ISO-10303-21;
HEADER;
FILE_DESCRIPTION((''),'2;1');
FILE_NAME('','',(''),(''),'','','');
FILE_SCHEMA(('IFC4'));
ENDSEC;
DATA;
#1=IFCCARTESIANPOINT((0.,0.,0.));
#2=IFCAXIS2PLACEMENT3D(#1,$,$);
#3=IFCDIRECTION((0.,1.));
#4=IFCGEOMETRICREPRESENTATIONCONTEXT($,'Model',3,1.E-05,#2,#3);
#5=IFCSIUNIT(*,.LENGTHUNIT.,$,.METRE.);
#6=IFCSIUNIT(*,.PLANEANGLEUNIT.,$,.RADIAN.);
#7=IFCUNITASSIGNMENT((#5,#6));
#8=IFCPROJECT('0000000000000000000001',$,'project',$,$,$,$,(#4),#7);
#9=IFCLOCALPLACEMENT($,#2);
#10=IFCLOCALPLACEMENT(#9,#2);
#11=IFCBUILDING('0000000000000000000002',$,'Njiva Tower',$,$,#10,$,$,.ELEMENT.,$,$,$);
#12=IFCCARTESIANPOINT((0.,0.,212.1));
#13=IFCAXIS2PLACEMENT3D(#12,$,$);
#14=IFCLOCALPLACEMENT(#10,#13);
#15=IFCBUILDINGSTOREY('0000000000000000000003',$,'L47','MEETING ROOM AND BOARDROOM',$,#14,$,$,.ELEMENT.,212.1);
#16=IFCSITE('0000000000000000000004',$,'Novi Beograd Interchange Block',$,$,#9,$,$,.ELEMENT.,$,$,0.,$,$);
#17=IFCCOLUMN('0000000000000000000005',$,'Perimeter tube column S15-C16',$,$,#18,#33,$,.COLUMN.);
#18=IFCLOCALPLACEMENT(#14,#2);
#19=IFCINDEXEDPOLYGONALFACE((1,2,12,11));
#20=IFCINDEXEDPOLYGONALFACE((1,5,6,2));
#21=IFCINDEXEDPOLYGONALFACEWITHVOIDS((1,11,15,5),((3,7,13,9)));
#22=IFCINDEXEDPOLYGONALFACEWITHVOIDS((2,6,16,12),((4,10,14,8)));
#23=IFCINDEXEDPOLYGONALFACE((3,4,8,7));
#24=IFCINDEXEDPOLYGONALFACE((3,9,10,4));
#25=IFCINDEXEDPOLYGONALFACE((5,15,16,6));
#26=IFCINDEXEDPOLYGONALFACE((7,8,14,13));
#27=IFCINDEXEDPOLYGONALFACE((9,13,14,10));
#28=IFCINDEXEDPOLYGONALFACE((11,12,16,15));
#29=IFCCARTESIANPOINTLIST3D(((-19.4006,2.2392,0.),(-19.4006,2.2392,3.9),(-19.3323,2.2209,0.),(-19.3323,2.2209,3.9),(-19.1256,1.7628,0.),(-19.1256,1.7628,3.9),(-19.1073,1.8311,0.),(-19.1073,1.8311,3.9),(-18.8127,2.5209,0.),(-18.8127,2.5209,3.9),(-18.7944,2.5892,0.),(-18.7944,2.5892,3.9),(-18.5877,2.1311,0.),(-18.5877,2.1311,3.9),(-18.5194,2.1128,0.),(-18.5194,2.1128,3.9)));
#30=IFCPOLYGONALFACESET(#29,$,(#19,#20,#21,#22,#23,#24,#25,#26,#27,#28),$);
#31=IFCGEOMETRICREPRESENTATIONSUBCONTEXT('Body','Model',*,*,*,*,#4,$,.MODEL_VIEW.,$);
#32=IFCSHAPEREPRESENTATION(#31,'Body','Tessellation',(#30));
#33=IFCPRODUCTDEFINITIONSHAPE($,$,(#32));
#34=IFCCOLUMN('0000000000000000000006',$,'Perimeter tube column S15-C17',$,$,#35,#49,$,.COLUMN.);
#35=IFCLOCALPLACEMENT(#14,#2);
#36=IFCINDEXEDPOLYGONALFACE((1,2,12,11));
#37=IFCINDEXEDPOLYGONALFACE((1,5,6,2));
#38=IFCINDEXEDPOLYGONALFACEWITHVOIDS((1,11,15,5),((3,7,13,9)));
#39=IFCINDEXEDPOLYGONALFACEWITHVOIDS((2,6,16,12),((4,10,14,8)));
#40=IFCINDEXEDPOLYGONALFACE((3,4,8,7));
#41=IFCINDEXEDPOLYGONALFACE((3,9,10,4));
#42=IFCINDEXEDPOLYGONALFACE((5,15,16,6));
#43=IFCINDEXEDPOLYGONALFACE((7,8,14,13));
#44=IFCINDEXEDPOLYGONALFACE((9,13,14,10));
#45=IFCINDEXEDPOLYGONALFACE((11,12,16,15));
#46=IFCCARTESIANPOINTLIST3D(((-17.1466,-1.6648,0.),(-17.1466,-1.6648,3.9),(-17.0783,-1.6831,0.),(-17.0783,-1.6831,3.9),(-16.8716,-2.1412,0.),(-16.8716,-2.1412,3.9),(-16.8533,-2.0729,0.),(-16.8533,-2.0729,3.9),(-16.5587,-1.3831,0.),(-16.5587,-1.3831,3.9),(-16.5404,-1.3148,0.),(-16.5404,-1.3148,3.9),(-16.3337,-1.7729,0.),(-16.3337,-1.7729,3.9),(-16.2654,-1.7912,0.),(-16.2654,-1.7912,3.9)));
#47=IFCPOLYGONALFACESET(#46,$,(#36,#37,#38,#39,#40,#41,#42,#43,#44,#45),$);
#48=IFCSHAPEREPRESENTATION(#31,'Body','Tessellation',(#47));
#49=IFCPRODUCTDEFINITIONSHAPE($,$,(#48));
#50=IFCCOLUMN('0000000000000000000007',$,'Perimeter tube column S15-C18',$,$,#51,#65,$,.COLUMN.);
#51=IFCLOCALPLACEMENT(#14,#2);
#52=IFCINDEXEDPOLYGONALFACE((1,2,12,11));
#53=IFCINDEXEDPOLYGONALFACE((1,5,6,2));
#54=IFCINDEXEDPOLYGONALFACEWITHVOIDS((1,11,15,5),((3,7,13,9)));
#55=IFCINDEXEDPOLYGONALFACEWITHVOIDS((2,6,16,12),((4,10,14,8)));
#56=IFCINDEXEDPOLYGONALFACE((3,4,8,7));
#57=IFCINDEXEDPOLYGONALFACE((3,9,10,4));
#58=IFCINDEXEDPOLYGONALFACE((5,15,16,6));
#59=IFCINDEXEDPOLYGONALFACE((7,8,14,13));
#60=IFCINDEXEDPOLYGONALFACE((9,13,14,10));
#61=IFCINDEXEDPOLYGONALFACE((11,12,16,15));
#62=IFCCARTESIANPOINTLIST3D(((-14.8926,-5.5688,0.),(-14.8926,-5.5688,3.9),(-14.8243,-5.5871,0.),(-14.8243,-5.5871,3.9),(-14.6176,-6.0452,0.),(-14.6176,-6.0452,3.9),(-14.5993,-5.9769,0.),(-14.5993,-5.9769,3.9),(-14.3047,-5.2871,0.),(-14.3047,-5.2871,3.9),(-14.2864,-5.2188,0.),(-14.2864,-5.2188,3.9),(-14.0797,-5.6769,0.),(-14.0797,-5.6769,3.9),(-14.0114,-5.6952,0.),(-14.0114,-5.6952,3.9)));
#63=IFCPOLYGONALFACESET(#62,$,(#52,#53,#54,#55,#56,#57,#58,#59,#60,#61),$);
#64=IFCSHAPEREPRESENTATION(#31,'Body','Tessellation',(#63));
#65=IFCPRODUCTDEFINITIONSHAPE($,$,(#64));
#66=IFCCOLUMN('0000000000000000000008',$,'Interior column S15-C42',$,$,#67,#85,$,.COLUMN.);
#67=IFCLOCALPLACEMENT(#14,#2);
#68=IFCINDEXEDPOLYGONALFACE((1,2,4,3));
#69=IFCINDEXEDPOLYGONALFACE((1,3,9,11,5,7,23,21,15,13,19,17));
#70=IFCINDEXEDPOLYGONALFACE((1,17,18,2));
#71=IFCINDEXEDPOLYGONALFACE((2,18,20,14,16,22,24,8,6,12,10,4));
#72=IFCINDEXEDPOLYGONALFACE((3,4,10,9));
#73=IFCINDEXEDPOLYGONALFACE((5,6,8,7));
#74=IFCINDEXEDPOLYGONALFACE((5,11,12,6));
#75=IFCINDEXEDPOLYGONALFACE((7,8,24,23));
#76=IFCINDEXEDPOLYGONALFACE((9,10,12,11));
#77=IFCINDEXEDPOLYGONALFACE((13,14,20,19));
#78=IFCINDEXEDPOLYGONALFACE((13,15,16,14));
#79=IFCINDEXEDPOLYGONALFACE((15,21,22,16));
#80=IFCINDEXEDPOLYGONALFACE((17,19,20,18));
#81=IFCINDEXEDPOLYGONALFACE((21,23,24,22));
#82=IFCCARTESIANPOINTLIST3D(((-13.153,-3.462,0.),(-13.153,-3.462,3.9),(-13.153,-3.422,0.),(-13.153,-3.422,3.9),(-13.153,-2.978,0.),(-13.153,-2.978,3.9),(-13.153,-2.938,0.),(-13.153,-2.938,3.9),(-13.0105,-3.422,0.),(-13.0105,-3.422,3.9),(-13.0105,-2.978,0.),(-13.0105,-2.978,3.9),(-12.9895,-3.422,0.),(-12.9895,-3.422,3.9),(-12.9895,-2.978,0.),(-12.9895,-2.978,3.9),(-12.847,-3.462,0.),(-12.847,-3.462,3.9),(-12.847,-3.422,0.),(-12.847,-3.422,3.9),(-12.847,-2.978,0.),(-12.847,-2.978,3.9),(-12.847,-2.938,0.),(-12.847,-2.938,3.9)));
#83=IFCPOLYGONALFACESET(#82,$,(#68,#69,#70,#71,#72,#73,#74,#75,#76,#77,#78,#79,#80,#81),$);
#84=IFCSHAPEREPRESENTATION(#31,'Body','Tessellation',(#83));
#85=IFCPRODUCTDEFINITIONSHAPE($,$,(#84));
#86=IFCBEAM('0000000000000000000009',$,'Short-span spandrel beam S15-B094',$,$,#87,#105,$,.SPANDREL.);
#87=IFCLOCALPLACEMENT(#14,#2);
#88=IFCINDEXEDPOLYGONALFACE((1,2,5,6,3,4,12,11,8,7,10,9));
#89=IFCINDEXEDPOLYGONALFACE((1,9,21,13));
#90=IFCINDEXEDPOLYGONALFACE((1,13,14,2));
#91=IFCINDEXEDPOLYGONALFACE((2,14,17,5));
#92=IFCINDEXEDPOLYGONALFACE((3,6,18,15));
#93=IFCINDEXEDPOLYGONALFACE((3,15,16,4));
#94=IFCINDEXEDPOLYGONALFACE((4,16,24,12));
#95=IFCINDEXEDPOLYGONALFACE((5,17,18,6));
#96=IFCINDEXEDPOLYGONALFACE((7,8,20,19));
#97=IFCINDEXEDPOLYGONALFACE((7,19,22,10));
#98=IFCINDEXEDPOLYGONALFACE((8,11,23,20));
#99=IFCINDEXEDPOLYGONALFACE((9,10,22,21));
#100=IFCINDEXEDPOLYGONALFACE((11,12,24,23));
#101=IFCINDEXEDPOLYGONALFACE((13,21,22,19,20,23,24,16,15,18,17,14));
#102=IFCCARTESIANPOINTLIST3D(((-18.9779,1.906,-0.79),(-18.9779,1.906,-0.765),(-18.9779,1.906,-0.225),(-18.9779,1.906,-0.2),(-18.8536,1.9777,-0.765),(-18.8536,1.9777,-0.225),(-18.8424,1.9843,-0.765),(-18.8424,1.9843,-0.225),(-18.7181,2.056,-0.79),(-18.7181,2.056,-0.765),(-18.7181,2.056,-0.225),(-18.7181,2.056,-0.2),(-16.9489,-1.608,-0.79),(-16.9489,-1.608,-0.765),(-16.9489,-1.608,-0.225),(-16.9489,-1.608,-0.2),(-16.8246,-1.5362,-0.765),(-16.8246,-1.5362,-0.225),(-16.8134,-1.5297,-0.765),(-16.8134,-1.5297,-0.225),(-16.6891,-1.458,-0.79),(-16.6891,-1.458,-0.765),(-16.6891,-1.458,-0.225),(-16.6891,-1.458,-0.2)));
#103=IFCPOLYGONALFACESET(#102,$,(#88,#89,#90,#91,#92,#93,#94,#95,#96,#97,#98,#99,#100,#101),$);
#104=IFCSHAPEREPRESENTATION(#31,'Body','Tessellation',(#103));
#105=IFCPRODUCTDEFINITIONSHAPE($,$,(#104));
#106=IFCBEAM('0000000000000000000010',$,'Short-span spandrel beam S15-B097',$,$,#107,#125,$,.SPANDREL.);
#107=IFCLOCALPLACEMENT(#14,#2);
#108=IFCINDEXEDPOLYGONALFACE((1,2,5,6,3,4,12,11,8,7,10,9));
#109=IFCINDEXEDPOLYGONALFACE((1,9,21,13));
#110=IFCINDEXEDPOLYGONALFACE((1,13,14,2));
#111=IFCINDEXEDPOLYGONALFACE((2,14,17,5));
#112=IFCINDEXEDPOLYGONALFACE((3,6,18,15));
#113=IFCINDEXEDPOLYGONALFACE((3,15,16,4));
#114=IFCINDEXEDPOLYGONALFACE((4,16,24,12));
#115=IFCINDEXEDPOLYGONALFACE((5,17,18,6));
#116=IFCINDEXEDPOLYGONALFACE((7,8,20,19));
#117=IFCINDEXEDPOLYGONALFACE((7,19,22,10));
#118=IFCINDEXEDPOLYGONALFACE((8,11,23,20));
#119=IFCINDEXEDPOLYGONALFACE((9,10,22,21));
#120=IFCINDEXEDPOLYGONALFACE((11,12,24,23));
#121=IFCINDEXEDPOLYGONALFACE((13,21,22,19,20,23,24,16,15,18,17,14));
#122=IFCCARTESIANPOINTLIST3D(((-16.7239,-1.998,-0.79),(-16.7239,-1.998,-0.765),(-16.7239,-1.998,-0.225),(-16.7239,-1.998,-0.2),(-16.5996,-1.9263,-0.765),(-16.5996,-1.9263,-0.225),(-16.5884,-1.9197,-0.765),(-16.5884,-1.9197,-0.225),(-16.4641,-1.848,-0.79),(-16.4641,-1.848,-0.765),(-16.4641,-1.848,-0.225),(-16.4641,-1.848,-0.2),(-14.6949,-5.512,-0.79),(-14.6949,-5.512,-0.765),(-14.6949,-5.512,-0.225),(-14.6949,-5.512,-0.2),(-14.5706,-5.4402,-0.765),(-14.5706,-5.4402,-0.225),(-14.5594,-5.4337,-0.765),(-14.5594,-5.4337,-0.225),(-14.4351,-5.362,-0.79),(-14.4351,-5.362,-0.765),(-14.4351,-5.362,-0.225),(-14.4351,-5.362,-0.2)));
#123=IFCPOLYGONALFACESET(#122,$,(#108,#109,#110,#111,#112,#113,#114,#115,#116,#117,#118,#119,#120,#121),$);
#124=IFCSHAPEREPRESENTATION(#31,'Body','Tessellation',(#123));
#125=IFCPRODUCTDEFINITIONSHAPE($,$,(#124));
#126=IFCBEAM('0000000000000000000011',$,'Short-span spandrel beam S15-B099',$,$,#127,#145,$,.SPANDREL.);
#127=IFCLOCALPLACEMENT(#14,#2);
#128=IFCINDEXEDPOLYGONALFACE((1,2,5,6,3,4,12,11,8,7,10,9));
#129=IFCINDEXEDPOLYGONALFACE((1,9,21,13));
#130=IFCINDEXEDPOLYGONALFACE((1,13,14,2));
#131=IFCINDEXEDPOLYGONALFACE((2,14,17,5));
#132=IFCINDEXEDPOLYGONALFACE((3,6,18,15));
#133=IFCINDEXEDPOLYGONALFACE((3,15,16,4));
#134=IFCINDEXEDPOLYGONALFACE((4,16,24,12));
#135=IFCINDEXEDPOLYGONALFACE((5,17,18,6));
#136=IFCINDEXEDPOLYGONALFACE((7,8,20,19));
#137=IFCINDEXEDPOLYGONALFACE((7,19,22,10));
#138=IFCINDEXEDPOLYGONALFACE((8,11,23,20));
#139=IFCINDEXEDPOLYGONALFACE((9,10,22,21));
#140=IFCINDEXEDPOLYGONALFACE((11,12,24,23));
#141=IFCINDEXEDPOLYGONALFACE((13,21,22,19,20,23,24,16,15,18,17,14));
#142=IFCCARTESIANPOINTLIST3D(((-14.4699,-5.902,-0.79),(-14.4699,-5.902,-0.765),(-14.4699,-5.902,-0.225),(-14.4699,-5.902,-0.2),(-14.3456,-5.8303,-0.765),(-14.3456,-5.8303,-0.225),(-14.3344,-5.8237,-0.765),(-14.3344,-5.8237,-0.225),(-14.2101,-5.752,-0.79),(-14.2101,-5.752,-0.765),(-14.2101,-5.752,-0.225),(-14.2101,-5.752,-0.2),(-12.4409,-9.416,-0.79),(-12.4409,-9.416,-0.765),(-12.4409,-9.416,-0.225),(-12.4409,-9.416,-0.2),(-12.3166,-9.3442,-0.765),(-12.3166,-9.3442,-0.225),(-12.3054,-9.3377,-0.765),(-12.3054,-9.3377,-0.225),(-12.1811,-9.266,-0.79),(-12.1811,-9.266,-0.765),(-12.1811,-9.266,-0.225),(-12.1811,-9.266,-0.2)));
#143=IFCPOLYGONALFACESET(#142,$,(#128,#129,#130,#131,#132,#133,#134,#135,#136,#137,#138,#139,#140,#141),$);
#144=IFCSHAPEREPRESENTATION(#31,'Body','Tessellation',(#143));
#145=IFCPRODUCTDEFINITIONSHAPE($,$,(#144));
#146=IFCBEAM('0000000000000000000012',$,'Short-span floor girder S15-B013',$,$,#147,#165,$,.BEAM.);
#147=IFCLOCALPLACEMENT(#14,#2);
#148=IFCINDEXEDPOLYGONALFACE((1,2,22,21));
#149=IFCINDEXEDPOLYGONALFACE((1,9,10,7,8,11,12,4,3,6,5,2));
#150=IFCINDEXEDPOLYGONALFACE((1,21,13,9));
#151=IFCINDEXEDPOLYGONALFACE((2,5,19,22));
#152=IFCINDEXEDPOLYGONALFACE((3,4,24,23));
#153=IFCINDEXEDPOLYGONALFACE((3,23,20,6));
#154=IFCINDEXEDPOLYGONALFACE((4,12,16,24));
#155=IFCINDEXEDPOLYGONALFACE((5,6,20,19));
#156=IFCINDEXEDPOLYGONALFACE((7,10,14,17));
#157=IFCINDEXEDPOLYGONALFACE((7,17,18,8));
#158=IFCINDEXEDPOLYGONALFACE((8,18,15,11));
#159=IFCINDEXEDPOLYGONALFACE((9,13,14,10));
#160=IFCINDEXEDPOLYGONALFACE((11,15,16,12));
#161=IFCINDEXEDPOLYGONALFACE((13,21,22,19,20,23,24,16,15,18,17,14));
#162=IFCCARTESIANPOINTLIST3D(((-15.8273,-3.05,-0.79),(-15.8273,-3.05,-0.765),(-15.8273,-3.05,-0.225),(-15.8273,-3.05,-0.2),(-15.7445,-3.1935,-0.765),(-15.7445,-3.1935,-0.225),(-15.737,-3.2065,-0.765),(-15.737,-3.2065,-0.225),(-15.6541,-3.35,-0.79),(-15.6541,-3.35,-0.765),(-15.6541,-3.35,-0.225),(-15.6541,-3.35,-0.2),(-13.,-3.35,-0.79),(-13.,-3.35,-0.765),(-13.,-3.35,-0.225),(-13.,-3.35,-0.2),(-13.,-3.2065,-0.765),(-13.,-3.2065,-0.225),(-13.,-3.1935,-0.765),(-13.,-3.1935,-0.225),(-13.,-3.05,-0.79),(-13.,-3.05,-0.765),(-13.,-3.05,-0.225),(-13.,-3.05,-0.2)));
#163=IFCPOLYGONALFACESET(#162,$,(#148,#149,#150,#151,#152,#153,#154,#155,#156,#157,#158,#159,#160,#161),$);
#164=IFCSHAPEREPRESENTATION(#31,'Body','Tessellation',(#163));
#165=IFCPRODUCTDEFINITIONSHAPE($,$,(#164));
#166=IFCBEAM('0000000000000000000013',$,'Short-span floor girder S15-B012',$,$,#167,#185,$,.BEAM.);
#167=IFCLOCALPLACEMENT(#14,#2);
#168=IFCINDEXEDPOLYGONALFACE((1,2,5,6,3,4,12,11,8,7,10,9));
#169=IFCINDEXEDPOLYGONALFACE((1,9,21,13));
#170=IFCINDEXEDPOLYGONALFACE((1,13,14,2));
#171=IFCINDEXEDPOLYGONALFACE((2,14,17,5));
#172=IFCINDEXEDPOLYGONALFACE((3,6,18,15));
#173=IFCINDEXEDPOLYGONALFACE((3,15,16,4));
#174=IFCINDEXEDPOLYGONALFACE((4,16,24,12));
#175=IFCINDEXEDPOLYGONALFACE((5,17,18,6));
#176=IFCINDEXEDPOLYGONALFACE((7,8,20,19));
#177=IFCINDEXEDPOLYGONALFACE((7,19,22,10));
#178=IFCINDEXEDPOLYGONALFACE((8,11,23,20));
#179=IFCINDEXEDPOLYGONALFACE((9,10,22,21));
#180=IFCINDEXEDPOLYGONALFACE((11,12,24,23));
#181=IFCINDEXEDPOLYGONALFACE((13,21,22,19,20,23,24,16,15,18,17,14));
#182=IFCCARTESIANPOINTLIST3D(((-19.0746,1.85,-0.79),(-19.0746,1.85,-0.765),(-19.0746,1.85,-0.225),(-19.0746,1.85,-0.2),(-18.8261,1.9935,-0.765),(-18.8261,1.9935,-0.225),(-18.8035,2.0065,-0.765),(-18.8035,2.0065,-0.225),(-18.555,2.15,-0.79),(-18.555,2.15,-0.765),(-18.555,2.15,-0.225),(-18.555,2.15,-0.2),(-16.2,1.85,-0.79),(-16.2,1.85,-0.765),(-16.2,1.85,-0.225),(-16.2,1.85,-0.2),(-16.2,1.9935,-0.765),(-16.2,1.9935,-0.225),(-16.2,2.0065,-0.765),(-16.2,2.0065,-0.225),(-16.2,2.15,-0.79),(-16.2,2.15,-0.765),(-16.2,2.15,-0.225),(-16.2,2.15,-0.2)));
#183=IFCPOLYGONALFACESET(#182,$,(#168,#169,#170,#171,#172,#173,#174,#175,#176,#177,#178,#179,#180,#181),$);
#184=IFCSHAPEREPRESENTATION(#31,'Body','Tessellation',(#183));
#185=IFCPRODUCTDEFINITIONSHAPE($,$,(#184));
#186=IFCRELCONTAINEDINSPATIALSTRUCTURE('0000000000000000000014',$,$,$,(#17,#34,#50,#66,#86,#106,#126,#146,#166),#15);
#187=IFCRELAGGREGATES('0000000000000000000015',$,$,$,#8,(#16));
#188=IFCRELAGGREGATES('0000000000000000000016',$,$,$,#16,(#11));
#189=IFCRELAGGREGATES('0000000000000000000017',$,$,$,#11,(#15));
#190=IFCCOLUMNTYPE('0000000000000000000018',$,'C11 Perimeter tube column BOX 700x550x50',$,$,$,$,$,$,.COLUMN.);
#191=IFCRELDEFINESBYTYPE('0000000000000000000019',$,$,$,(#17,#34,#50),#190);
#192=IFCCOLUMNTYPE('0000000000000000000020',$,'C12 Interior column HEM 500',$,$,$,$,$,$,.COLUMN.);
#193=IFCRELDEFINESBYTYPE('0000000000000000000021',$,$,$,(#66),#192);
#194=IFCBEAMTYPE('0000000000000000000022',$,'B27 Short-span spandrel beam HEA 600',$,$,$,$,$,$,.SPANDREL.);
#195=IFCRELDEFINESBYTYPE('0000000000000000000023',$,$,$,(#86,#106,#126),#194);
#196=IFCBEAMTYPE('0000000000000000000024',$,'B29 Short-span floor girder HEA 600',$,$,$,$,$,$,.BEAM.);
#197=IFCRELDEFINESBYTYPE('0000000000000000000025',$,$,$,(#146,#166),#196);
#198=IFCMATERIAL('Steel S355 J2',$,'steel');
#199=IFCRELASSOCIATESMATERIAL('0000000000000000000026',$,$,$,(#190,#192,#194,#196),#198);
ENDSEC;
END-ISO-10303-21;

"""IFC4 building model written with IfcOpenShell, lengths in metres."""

from ifc_helpers import new_model, si_unit, direction, frame, origin, origin_2d, place, context, subcontext, project, spatial, hollow_rectangle, i_section, extrude, clip, halfspace, material, material_profile, profile_set, type_object, element, save


model = new_model("IFC4")

# Units and contexts
model_context = context("Model", 3, precision=1e-05, world=origin(), true_north=direction((0.0, 1.0)))
body_context = subcontext(model_context, "Body", "Model", "MODEL_VIEW")
ifc_project = project(units=[si_unit("LENGTHUNIT", "METRE"), si_unit("PLANEANGLEUNIT", "RADIAN")], contexts=[model_context])

# Site, building, storey
site_placement = place(None, origin())
site = spatial("IfcSite", under=ifc_project, at=site_placement, Name="Novi Beograd Interchange Block", CompositionType="ELEMENT", RefElevation=0.0)
building_placement = place(site_placement, origin())
building = spatial("IfcBuilding", under=site, at=building_placement, Name="Njiva Tower", CompositionType="ELEMENT")
storey_placement = place(building_placement, frame((0.0, 0.0, 212.1)))
storey = spatial("IfcBuildingStorey", under=building, at=storey_placement, Name="L47", Description="MEETING ROOM AND BOARDROOM", CompositionType="ELEMENT", Elevation=212.1)

# Columns
ifc_material_1 = material(Name="Steel S355 J2", Category="steel")
ifc_material_profile_1 = material_profile(ifc_material_1, hollow_rectangle(XDim=0.55, YDim=0.7, WallThickness=0.05, at=origin_2d()), Name="BOX 700x550x50")
ifc_profile_set_1 = profile_set([ifc_material_profile_1], Name="Steel S355 J2")
column_type_1 = type_object("IfcColumnType", Name="C11 Perimeter tube column BOX 700x550x50", PredefinedType="COLUMN", material=ifc_profile_set_1)
for number, where, z_axis, x_axis, name in (
    (1, (-18.96, 2.176, 0.0), (0.0, 0.0, 1.0), (0.5, -0.866025, 0.0), "Perimeter tube column S15-C16"),
    (2, (-16.706, -1.728, 0.0), (0.0, 0.0, 1.0), (0.5, -0.866025, 0.0), "Perimeter tube column S15-C17"),
    (3, (-14.452, -5.632, 0.0), (0.0, 0.0, 1.0), (0.5, -0.866025, 0.0), "Perimeter tube column S15-C18"),
):
    element("IfcColumn", number, at=place(storey_placement, frame(where, z_axis=z_axis, x_axis=x_axis)), inside=storey, type_object=column_type_1, Name=name, PredefinedType="COLUMN", context=body_context, shape_type="SweptSolid", body=[
        extrude(hollow_rectangle(XDim=0.55, YDim=0.7, WallThickness=0.05, at=origin_2d()), origin(), (0.0, 0.0, 1.0), 3.9),
    ])
ifc_material_profile_2 = material_profile(ifc_material_1, i_section(OverallWidth=0.306, OverallDepth=0.524, WebThickness=0.021, FlangeThickness=0.04, at=origin_2d()), Name="HEM 500")
ifc_profile_set_2 = profile_set([ifc_material_profile_2], Name="Steel S355 J2")
column_type_2 = type_object("IfcColumnType", Name="C12 Interior column HEM 500", PredefinedType="COLUMN", material=ifc_profile_set_2)
column_placement = place(storey_placement, frame((-13.0, -3.2, 0.0), z_axis=(0.0, 0.0, 1.0), x_axis=(1.0, 0.0, 0.0)))
element("IfcColumn", 4, at=column_placement, inside=storey, type_object=column_type_2, Name="Interior column S15-C42", PredefinedType="COLUMN", context=body_context, shape_type="SweptSolid", body=[
    extrude(i_section(OverallWidth=0.306, OverallDepth=0.524, WebThickness=0.021, FlangeThickness=0.04, at=origin_2d()), origin(), (0.0, 0.0, 1.0), 3.9),
])

# Beams
ifc_material_profile_3 = material_profile(ifc_material_1, i_section(OverallWidth=0.3, OverallDepth=0.59, WebThickness=0.013, FlangeThickness=0.025, at=origin_2d()), Name="HEA 600")
ifc_profile_set_3 = profile_set([ifc_material_profile_3], Name="Steel S355 J2")
beam_type_1 = type_object("IfcBeamType", Name="B27 Short-span spandrel beam HEA 600", PredefinedType="SPANDREL", material=ifc_profile_set_3)
for number, where, z_axis, x_axis, name in (
    (5, (-18.848, 1.981, -0.495), (0.500035, -0.866005, 0.0), (0.866005, 0.500035, 0.0), "Short-span spandrel beam S15-B094"),
    (6, (-16.594, -1.923, -0.495), (0.500035, -0.866005, 0.0), (0.866005, 0.500035, 0.0), "Short-span spandrel beam S15-B097"),
    (7, (-14.34, -5.827, -0.495), (0.500035, -0.866005, 0.0), (0.866005, 0.500035, 0.0), "Short-span spandrel beam S15-B099"),
):
    element("IfcBeam", number, at=place(storey_placement, frame(where, z_axis=z_axis, x_axis=x_axis)), inside=storey, type_object=beam_type_1, Name=name, PredefinedType="SPANDREL", context=body_context, shape_type="SweptSolid", body=[
        extrude(i_section(OverallWidth=0.3, OverallDepth=0.59, WebThickness=0.013, FlangeThickness=0.025, at=origin_2d()), origin(), (0.0, 0.0, 1.0), 4.0577),
    ])
ifc_material_profile_4 = material_profile(ifc_material_1, i_section(OverallWidth=0.3, OverallDepth=0.59, WebThickness=0.013, FlangeThickness=0.025, at=origin_2d()), Name="HEA 600")
ifc_profile_set_4 = profile_set([ifc_material_profile_4], Name="Steel S355 J2")
beam_type_2 = type_object("IfcBeamType", Name="B29 Short-span floor girder HEA 600", PredefinedType="BEAM", material=ifc_profile_set_4)
beam_1_placement = place(storey_placement, frame((-15.848, -3.2, -0.495), z_axis=(1.0, 0.0, 0.0), x_axis=(0.0, 1.0, 0.0)))
element("IfcBeam", 8, at=beam_1_placement, inside=storey, type_object=beam_type_2, Name="Short-span floor girder S15-B013", PredefinedType="BEAM", context=body_context, shape_type="Clipping", body=[
    clip(extrude(i_section(OverallWidth=0.3, OverallDepth=0.59, WebThickness=0.013, FlangeThickness=0.025, at=origin_2d()), origin(), (0.0, 0.0, 1.0), 2.848), halfspace(frame((-0.025, 0.0, 0.1217), z_axis=(-0.499998, 0.0, -0.866027), x_axis=(0.0, -1.0, 0.0)), False)),
])
beam_2_placement = place(storey_placement, frame((-19.095, 2.0, -0.495), z_axis=(1.0, 0.0, 0.0), x_axis=(0.0, 1.0, 0.0)))
element("IfcBeam", 9, at=beam_2_placement, inside=storey, type_object=beam_type_2, Name="Short-span floor girder S15-B012", PredefinedType="BEAM", context=body_context, shape_type="Clipping", body=[
    clip(extrude(i_section(OverallWidth=0.3, OverallDepth=0.59, WebThickness=0.013, FlangeThickness=0.025, at=origin_2d()), origin(), (0.0, 0.0, 1.0), 2.895), halfspace(frame((0.0433, 0.0, 0.3552), z_axis=(0.866027, 0.0, -0.499998), x_axis=(0.0, -1.0, 0.0)), False)),
])

save(model, "model.ifc")
